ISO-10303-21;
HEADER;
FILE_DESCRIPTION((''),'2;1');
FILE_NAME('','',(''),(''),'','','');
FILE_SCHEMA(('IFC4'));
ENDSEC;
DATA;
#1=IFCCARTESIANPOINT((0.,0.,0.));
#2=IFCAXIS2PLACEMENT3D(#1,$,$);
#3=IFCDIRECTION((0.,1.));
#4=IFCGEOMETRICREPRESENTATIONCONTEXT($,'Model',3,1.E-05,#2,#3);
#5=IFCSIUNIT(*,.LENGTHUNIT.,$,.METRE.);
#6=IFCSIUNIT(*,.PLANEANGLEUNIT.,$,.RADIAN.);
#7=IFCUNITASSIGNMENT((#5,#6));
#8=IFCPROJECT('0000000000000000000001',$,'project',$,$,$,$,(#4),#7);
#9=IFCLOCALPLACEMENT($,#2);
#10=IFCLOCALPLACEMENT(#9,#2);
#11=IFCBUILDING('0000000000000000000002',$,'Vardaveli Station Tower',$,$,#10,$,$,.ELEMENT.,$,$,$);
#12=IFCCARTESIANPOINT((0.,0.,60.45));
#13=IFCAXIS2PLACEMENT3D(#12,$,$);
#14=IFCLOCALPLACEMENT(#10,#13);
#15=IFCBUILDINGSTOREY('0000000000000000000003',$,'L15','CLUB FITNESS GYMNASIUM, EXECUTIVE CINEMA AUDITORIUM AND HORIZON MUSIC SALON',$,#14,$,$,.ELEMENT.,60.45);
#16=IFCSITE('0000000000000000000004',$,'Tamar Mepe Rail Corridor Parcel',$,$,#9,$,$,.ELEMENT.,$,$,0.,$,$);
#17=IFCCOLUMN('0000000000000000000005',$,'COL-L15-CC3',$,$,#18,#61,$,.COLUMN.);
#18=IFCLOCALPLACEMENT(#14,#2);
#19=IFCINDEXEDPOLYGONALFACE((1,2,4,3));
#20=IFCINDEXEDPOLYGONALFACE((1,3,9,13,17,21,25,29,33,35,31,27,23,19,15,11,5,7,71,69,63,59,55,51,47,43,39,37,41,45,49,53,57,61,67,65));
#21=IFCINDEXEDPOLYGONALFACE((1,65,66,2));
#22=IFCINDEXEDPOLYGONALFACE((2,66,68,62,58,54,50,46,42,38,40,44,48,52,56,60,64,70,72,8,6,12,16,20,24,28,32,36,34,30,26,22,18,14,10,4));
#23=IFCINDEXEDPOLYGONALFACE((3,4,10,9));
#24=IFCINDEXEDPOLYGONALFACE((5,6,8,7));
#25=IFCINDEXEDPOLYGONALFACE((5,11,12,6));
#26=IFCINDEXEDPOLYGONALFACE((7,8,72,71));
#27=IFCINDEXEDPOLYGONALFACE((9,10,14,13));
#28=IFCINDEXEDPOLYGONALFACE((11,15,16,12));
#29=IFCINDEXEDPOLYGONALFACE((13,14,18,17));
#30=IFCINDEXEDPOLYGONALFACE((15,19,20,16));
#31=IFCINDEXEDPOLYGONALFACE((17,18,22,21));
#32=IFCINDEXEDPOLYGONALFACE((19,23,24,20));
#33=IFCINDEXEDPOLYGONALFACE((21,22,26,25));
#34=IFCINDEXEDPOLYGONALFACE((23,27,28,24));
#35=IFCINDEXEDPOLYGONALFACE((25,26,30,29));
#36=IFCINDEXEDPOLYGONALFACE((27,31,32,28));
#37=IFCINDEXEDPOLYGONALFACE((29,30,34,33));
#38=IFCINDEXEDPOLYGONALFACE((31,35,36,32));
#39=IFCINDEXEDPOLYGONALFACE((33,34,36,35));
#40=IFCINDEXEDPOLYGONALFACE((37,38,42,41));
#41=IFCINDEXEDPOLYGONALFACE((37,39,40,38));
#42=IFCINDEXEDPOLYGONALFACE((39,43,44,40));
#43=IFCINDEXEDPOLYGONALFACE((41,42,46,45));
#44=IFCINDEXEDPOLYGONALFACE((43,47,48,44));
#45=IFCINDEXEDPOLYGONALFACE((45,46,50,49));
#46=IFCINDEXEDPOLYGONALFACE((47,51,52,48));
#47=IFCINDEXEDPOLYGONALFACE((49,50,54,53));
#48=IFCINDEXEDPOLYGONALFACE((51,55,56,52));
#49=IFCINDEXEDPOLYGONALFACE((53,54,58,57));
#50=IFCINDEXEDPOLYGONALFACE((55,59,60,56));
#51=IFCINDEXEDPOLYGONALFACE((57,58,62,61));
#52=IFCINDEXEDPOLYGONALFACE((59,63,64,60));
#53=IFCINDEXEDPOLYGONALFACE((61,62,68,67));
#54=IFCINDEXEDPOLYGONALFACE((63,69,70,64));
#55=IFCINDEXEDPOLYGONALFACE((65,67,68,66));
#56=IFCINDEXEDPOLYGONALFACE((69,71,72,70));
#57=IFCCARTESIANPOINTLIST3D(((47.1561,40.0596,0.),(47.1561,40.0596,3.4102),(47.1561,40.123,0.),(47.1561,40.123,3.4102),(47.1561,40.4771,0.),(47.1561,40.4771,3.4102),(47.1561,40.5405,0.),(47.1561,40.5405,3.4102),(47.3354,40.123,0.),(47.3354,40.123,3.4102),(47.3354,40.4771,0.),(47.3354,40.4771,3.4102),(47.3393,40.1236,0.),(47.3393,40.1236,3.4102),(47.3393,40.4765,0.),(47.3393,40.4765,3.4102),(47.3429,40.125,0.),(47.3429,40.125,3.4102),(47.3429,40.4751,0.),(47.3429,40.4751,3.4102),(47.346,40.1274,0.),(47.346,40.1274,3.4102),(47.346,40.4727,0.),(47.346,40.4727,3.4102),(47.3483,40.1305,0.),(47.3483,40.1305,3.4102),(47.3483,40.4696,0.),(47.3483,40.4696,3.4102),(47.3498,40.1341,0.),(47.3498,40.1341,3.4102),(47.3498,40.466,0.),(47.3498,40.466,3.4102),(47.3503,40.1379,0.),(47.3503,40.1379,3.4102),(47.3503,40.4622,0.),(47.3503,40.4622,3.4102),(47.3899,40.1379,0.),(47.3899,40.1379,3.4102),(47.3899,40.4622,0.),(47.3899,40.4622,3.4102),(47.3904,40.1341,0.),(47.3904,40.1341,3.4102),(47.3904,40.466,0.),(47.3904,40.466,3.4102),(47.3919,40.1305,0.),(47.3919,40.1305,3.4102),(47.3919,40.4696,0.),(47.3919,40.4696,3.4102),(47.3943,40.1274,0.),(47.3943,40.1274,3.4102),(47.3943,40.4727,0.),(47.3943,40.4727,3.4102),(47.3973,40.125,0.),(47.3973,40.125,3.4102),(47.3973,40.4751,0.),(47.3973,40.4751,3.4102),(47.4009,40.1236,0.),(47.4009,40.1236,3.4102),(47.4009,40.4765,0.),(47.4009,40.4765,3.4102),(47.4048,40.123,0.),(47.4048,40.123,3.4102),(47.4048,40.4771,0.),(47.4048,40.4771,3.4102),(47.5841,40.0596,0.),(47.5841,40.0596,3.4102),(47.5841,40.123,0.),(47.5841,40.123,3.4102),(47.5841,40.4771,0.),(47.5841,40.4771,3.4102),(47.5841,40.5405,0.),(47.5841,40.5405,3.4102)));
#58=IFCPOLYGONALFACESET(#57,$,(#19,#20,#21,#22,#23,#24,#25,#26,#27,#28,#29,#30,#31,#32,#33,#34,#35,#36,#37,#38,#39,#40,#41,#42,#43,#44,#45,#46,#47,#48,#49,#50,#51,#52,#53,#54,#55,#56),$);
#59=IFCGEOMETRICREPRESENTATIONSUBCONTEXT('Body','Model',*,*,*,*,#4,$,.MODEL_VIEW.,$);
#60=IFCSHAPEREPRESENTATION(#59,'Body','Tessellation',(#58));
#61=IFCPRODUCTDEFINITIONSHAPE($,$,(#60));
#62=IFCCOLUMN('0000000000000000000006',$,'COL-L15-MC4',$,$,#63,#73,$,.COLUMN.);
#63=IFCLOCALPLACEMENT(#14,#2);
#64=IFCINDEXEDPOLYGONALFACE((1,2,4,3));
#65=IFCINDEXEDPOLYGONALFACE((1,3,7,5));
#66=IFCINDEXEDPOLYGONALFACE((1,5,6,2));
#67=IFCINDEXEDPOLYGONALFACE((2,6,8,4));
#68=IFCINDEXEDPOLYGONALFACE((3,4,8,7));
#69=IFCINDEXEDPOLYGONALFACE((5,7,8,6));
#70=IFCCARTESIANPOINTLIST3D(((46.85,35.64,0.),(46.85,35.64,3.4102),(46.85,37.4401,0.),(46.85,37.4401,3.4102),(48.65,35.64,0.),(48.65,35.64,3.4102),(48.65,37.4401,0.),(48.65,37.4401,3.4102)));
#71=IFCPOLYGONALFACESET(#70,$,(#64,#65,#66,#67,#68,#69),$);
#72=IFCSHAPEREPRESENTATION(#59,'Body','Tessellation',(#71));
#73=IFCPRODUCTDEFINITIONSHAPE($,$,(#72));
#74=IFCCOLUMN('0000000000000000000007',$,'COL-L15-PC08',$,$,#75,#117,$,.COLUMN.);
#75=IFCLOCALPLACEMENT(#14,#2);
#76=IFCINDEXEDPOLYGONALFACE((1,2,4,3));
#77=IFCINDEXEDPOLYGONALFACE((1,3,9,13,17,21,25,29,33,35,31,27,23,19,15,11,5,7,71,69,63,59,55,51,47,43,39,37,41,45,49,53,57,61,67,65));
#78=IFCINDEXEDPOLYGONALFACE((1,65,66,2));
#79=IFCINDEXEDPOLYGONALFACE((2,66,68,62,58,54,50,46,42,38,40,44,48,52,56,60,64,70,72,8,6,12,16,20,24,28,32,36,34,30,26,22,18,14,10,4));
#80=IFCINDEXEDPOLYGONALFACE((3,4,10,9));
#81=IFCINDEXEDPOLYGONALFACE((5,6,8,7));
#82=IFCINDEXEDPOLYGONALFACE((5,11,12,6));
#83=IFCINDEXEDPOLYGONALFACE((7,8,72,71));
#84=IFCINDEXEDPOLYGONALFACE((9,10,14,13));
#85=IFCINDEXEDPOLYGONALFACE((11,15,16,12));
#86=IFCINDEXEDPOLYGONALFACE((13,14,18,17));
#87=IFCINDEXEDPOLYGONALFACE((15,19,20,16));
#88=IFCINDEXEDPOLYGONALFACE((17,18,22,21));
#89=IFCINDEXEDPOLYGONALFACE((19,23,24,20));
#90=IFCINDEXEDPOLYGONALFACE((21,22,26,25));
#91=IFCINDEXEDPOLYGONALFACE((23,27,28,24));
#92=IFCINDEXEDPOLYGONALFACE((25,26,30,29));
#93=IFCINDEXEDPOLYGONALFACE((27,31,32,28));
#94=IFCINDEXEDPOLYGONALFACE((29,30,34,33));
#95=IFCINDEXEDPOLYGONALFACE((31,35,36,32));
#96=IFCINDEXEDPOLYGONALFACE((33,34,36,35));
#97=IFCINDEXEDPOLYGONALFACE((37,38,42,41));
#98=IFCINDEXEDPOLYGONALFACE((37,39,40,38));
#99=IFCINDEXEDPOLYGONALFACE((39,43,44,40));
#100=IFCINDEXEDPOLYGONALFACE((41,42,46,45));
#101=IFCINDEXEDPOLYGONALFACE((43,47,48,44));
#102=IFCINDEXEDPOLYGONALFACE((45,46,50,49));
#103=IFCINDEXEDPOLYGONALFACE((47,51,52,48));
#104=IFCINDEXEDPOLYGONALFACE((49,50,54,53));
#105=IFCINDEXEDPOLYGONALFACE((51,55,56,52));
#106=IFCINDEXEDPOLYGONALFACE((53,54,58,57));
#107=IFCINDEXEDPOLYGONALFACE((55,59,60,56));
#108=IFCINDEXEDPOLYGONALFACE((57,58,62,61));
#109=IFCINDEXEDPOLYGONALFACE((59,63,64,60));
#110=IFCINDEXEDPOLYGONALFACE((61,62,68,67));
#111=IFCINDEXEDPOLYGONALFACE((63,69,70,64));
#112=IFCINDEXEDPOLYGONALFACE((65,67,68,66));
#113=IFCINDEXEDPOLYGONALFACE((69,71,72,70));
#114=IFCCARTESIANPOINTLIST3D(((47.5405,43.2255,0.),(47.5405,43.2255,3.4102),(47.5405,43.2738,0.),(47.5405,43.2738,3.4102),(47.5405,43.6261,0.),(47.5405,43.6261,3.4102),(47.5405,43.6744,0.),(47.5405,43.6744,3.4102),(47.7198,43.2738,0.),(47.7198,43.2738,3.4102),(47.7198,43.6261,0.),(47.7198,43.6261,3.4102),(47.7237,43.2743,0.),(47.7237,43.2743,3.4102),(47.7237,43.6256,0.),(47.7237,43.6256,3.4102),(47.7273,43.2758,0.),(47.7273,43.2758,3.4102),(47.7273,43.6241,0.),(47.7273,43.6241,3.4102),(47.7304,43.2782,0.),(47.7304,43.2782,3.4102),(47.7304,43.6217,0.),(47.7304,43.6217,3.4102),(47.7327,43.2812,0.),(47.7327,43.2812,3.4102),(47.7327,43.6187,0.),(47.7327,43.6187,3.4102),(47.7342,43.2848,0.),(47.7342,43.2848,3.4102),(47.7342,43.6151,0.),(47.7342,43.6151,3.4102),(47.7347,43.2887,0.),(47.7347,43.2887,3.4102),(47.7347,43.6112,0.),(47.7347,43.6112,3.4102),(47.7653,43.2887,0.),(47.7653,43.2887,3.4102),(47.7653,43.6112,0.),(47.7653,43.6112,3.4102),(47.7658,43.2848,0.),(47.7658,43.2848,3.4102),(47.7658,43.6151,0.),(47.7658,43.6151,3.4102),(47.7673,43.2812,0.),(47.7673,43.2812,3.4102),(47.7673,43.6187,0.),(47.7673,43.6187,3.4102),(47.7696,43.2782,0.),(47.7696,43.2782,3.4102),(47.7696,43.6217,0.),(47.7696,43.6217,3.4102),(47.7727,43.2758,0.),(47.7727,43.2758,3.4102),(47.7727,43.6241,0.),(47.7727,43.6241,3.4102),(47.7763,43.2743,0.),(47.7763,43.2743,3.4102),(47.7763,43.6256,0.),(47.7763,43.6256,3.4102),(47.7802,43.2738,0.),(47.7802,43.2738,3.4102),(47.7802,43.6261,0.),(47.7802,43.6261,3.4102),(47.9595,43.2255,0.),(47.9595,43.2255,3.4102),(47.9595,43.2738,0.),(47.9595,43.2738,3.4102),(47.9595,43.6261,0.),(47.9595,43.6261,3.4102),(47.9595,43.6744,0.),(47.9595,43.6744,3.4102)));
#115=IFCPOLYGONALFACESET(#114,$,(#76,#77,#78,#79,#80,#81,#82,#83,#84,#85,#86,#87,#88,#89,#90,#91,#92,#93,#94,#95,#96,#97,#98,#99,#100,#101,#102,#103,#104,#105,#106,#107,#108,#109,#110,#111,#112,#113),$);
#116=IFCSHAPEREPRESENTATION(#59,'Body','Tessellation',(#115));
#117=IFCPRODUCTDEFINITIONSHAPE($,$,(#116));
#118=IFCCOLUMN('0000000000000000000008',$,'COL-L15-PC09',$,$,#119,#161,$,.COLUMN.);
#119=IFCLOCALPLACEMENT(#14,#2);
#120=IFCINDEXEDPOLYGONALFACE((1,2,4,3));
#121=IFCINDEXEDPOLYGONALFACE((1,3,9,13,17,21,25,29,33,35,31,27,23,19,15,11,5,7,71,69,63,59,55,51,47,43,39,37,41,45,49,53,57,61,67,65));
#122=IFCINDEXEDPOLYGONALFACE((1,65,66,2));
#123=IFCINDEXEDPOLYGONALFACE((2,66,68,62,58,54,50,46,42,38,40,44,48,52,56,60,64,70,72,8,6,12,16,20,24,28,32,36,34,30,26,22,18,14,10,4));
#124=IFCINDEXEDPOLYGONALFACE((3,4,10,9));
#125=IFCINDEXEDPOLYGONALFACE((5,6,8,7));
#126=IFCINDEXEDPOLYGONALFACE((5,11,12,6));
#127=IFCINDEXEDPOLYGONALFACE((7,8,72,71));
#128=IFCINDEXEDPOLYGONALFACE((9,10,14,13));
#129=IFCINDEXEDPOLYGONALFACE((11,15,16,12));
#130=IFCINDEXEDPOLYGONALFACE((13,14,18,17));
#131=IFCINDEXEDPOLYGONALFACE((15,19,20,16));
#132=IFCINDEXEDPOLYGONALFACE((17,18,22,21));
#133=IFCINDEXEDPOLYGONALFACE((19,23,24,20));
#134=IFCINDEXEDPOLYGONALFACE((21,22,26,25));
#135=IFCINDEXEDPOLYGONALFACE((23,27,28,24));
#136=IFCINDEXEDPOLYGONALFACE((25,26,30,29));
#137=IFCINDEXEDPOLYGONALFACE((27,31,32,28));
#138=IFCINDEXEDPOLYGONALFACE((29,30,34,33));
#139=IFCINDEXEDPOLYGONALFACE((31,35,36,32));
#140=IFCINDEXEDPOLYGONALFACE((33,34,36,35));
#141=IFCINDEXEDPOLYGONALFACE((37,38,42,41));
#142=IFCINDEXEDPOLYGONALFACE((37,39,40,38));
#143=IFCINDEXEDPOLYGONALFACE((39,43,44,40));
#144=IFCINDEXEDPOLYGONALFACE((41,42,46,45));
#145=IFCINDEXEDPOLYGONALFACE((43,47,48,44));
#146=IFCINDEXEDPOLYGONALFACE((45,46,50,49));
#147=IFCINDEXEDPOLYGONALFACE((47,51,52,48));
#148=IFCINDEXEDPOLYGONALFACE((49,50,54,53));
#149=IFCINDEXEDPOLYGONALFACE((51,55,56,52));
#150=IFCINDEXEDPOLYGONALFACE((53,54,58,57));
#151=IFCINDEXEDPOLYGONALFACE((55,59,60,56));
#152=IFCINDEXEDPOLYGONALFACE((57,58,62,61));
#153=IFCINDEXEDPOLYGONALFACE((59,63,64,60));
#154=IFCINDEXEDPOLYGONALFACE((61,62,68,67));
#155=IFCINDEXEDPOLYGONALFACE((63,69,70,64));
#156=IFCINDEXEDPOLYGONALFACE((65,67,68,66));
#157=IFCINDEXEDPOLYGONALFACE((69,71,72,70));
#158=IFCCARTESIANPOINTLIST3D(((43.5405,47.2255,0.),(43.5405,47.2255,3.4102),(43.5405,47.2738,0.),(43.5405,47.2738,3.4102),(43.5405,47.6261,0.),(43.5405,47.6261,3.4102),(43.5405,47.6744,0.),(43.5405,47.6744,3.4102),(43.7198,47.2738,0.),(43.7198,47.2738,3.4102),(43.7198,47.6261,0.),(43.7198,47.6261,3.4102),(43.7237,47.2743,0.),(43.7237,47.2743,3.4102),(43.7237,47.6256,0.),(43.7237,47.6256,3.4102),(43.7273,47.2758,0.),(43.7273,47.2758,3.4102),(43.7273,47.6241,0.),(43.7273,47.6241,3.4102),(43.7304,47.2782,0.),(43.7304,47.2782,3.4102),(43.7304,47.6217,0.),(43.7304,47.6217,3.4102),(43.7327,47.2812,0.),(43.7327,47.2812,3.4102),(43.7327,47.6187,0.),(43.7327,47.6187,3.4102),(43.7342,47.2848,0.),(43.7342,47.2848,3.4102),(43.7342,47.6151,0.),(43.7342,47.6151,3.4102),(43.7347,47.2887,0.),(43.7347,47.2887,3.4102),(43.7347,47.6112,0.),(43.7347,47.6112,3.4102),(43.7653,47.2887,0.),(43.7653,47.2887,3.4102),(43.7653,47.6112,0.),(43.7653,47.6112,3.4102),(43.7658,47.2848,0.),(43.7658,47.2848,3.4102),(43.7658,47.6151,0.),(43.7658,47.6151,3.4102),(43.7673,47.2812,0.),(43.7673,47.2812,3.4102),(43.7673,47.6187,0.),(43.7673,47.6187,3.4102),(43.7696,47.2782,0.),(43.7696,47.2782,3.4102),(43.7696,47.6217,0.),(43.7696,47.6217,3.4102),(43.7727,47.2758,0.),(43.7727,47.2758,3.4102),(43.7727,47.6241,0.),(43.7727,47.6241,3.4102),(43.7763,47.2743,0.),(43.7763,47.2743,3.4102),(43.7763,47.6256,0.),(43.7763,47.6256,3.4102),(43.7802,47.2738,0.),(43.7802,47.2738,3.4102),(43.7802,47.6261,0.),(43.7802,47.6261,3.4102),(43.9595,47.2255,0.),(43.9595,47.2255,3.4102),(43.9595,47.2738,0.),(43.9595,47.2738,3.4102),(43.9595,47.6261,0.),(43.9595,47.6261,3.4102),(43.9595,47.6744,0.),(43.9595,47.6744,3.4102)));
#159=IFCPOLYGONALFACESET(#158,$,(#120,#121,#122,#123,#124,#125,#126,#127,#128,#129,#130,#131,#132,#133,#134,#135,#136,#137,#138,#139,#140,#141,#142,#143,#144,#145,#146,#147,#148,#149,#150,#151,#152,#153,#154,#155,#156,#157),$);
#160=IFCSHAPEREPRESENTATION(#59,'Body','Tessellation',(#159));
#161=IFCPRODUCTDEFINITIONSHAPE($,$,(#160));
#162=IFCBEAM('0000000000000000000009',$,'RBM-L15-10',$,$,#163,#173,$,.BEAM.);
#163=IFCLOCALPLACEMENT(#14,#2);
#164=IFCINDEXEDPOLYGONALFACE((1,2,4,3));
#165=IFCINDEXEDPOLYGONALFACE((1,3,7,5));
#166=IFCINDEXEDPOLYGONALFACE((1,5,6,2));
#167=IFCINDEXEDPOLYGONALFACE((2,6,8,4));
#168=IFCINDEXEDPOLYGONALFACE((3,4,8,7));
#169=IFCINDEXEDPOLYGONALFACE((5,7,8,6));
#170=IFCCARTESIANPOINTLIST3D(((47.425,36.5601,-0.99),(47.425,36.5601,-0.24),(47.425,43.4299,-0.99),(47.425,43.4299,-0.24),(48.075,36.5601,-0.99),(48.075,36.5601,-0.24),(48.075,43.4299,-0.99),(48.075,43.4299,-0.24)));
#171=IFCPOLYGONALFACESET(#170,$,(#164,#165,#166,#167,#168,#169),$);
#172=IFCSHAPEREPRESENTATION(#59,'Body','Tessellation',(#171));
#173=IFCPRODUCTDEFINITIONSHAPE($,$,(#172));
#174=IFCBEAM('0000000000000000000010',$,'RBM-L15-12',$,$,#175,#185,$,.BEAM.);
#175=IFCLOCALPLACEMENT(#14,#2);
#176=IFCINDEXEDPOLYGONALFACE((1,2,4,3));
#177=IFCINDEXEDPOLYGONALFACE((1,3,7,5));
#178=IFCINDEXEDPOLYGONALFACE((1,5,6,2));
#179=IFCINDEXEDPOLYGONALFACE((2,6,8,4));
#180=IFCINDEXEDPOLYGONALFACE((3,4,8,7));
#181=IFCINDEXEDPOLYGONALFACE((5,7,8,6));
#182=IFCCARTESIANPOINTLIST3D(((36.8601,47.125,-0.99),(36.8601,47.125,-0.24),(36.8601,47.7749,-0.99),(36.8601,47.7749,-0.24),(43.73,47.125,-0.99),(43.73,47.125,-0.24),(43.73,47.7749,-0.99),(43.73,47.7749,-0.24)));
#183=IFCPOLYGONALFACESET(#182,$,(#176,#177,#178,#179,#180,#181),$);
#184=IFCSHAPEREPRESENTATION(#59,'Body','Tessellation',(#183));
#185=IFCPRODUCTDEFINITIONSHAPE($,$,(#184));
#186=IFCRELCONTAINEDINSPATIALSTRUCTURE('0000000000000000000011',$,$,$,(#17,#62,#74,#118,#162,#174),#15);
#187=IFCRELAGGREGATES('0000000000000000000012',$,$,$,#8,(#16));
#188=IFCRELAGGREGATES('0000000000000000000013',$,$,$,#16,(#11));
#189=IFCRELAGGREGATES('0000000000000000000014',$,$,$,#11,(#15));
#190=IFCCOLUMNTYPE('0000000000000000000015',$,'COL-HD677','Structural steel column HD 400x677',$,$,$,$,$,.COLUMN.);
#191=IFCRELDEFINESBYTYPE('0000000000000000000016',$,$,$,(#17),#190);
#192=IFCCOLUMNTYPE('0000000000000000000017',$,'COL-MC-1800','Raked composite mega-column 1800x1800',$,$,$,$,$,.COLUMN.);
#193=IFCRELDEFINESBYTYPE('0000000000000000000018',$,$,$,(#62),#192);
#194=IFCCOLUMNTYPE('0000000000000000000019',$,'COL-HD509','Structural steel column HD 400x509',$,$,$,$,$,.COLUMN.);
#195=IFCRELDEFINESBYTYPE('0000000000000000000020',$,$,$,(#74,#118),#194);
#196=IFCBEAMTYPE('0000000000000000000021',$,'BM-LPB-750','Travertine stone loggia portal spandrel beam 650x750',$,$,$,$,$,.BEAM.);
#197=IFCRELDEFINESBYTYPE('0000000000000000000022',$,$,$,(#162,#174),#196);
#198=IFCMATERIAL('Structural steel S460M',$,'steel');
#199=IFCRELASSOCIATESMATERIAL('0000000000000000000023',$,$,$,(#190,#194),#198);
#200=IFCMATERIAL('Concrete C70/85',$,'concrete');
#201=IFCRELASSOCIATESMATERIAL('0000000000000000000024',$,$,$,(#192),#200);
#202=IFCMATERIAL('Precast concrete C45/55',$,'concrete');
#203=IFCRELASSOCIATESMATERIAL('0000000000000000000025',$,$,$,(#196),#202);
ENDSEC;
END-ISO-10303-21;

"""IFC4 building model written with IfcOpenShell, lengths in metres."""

from ifc_helpers import new_model, si_unit, direction, frame, origin, origin_2d, place, context, subcontext, project, spatial, rectangle, i_section, extrude, source, transform, mapped, material, material_profile, profile_set, type_object, element, save


model = new_model("IFC4")

# Units and contexts
model_context = context("Model", 3, precision=1e-05, world=origin(), true_north=direction((0.0, 1.0)))
body_context = subcontext(model_context, "Body", "Model", "MODEL_VIEW")
ifc_project = project(units=[si_unit("LENGTHUNIT", "METRE"), si_unit("PLANEANGLEUNIT", "RADIAN")], contexts=[model_context])

# Site, building, storey
site_placement = place(None, origin())
site = spatial("IfcSite", under=ifc_project, at=site_placement, Name="Tamar Mepe Rail Corridor Parcel", CompositionType="ELEMENT", RefElevation=0.0)
building_placement = place(site_placement, origin())
building = spatial("IfcBuilding", under=site, at=building_placement, Name="Vardaveli Station Tower", CompositionType="ELEMENT")
storey_placement = place(building_placement, frame((0.0, 0.0, 60.45)))
storey = spatial("IfcBuildingStorey", under=building, at=storey_placement, Name="L15", Description="CLUB FITNESS GYMNASIUM, EXECUTIVE CINEMA AUDITORIUM AND HORIZON MUSIC SALON", CompositionType="ELEMENT", Elevation=60.45)

# Columns
ifc_material_1 = material(Name="Structural steel S460M", Category="steel")
ifc_material_profile_1 = material_profile(ifc_material_1, i_section(OverallWidth=0.428, OverallDepth=0.481, WebThickness=0.0396, FlangeThickness=0.0635, FilletRadius=0.0149, at=origin_2d()), Name="HD 400x677")
ifc_profile_set_1 = profile_set([ifc_material_profile_1], Name="Structural steel S460M")
column_type_1 = type_object("IfcColumnType", Name="COL-HD677", Description="Structural steel column HD 400x677", PredefinedType="COLUMN", material=ifc_profile_set_1)
shared_shape_1 = source(origin(), body_context, "Body", "SweptSolid", [
    extrude(i_section(OverallWidth=0.428, OverallDepth=0.481, WebThickness=0.0396, FlangeThickness=0.0635, FilletRadius=0.0149, at=origin_2d()), origin(), (0.0, 0.0, 1.0), 3.4102),
])
column_1_placement = place(storey_placement, frame((47.3701, 40.3, 0.0), z_axis=(0.0, 0.0, 1.0), x_axis=(1.0, 0.0, 0.0)))
element("IfcColumn", 1, at=column_1_placement, inside=storey, type_object=column_type_1, Name="COL-L15-CC3", PredefinedType="COLUMN", context=body_context, shape_type="MappedRepresentation", body=[
    mapped(shared_shape_1, transform((0.0, 0.0, 0.0), scale=1.0)),
])
ifc_material_2 = material(Name="Concrete C70/85", Category="concrete")
ifc_material_profile_2 = material_profile(ifc_material_2, rectangle(XDim=1.8, YDim=1.8, at=origin_2d()), Name="MC 1800x1800")
ifc_profile_set_2 = profile_set([ifc_material_profile_2], Name="Concrete C70/85")
column_type_2 = type_object("IfcColumnType", Name="COL-MC-1800", Description="Raked composite mega-column 1800x1800", PredefinedType="COLUMN", material=ifc_profile_set_2)
shared_shape_2 = source(origin(), body_context, "Body", "SweptSolid", [
    extrude(rectangle(XDim=1.8, YDim=1.8, at=origin_2d()), origin(), (0.0, 0.0, 1.0), 3.4102),
])
column_2_placement = place(storey_placement, frame((47.75, 36.54, 0.0), z_axis=(0.0, 0.0, 1.0), x_axis=(1.0, 0.0, 0.0)))
element("IfcColumn", 2, at=column_2_placement, inside=storey, type_object=column_type_2, Name="COL-L15-MC4", PredefinedType="COLUMN", context=body_context, shape_type="MappedRepresentation", body=[
    mapped(shared_shape_2, transform((0.0, 0.0, 0.0), scale=1.0)),
])
ifc_material_profile_3 = material_profile(ifc_material_1, i_section(OverallWidth=0.4189, OverallDepth=0.449, WebThickness=0.0305, FlangeThickness=0.0483, FilletRadius=0.0149, at=origin_2d()), Name="HD 400x509")
ifc_profile_set_3 = profile_set([ifc_material_profile_3], Name="Structural steel S460M")
column_type_3 = type_object("IfcColumnType", Name="COL-HD509", Description="Structural steel column HD 400x509", PredefinedType="COLUMN", material=ifc_profile_set_3)
shared_shape_3 = source(origin(), body_context, "Body", "SweptSolid", [
    extrude(i_section(OverallWidth=0.4189, OverallDepth=0.449, WebThickness=0.0305, FlangeThickness=0.0483, FilletRadius=0.0149, at=origin_2d()), origin(), (0.0, 0.0, 1.0), 3.4102),
])
for number, where, z_axis, x_axis, name in (
    (3, (47.75, 43.45, 0.0), (0.0, 0.0, 1.0), (1.0, 0.0, 0.0), "COL-L15-PC08"),
    (4, (43.75, 47.45, 0.0), (0.0, 0.0, 1.0), (1.0, 0.0, 0.0), "COL-L15-PC09"),
):
    element("IfcColumn", number, at=place(storey_placement, frame(where, z_axis=z_axis, x_axis=x_axis)), inside=storey, type_object=column_type_3, Name=name, PredefinedType="COLUMN", context=body_context, shape_type="MappedRepresentation", body=[
        mapped(shared_shape_3, transform((0.0, 0.0, 0.0), scale=1.0)),
    ])

# Beams
ifc_material_3 = material(Name="Precast concrete C45/55", Category="concrete")
ifc_material_profile_4 = material_profile(ifc_material_3, rectangle(XDim=0.6499, YDim=0.75, at=origin_2d()), Name="LPB 650x750")
ifc_profile_set_4 = profile_set([ifc_material_profile_4], Name="Precast concrete C45/55")
beam_type = type_object("IfcBeamType", Name="BM-LPB-750", Description="Travertine stone loggia portal spandrel beam 650x750", PredefinedType="BEAM", material=ifc_profile_set_4)
shared_shape_4 = source(origin(), body_context, "Body", "SweptSolid", [
    extrude(rectangle(XDim=0.6499, YDim=0.75, at=origin_2d()), origin(), (0.0, 0.0, 1.0), 6.8699),
])
for number, where, z_axis, x_axis, name in (
    (5, (47.75, 36.5601, -0.615), (0.0, 1.0, 0.0), (-1.0, 0.0, 0.0), "RBM-L15-10"),
    (6, (43.73, 47.45, -0.615), (-1.0, 0.0, 0.0), (0.0, -1.0, 0.0), "RBM-L15-12"),
):
    element("IfcBeam", number, at=place(storey_placement, frame(where, z_axis=z_axis, x_axis=x_axis)), inside=storey, type_object=beam_type, Name=name, PredefinedType="BEAM", context=body_context, shape_type="MappedRepresentation", body=[
        mapped(shared_shape_4, transform((0.0, 0.0, 0.0), scale=1.0)),
    ])

save(model, "model.ifc")
